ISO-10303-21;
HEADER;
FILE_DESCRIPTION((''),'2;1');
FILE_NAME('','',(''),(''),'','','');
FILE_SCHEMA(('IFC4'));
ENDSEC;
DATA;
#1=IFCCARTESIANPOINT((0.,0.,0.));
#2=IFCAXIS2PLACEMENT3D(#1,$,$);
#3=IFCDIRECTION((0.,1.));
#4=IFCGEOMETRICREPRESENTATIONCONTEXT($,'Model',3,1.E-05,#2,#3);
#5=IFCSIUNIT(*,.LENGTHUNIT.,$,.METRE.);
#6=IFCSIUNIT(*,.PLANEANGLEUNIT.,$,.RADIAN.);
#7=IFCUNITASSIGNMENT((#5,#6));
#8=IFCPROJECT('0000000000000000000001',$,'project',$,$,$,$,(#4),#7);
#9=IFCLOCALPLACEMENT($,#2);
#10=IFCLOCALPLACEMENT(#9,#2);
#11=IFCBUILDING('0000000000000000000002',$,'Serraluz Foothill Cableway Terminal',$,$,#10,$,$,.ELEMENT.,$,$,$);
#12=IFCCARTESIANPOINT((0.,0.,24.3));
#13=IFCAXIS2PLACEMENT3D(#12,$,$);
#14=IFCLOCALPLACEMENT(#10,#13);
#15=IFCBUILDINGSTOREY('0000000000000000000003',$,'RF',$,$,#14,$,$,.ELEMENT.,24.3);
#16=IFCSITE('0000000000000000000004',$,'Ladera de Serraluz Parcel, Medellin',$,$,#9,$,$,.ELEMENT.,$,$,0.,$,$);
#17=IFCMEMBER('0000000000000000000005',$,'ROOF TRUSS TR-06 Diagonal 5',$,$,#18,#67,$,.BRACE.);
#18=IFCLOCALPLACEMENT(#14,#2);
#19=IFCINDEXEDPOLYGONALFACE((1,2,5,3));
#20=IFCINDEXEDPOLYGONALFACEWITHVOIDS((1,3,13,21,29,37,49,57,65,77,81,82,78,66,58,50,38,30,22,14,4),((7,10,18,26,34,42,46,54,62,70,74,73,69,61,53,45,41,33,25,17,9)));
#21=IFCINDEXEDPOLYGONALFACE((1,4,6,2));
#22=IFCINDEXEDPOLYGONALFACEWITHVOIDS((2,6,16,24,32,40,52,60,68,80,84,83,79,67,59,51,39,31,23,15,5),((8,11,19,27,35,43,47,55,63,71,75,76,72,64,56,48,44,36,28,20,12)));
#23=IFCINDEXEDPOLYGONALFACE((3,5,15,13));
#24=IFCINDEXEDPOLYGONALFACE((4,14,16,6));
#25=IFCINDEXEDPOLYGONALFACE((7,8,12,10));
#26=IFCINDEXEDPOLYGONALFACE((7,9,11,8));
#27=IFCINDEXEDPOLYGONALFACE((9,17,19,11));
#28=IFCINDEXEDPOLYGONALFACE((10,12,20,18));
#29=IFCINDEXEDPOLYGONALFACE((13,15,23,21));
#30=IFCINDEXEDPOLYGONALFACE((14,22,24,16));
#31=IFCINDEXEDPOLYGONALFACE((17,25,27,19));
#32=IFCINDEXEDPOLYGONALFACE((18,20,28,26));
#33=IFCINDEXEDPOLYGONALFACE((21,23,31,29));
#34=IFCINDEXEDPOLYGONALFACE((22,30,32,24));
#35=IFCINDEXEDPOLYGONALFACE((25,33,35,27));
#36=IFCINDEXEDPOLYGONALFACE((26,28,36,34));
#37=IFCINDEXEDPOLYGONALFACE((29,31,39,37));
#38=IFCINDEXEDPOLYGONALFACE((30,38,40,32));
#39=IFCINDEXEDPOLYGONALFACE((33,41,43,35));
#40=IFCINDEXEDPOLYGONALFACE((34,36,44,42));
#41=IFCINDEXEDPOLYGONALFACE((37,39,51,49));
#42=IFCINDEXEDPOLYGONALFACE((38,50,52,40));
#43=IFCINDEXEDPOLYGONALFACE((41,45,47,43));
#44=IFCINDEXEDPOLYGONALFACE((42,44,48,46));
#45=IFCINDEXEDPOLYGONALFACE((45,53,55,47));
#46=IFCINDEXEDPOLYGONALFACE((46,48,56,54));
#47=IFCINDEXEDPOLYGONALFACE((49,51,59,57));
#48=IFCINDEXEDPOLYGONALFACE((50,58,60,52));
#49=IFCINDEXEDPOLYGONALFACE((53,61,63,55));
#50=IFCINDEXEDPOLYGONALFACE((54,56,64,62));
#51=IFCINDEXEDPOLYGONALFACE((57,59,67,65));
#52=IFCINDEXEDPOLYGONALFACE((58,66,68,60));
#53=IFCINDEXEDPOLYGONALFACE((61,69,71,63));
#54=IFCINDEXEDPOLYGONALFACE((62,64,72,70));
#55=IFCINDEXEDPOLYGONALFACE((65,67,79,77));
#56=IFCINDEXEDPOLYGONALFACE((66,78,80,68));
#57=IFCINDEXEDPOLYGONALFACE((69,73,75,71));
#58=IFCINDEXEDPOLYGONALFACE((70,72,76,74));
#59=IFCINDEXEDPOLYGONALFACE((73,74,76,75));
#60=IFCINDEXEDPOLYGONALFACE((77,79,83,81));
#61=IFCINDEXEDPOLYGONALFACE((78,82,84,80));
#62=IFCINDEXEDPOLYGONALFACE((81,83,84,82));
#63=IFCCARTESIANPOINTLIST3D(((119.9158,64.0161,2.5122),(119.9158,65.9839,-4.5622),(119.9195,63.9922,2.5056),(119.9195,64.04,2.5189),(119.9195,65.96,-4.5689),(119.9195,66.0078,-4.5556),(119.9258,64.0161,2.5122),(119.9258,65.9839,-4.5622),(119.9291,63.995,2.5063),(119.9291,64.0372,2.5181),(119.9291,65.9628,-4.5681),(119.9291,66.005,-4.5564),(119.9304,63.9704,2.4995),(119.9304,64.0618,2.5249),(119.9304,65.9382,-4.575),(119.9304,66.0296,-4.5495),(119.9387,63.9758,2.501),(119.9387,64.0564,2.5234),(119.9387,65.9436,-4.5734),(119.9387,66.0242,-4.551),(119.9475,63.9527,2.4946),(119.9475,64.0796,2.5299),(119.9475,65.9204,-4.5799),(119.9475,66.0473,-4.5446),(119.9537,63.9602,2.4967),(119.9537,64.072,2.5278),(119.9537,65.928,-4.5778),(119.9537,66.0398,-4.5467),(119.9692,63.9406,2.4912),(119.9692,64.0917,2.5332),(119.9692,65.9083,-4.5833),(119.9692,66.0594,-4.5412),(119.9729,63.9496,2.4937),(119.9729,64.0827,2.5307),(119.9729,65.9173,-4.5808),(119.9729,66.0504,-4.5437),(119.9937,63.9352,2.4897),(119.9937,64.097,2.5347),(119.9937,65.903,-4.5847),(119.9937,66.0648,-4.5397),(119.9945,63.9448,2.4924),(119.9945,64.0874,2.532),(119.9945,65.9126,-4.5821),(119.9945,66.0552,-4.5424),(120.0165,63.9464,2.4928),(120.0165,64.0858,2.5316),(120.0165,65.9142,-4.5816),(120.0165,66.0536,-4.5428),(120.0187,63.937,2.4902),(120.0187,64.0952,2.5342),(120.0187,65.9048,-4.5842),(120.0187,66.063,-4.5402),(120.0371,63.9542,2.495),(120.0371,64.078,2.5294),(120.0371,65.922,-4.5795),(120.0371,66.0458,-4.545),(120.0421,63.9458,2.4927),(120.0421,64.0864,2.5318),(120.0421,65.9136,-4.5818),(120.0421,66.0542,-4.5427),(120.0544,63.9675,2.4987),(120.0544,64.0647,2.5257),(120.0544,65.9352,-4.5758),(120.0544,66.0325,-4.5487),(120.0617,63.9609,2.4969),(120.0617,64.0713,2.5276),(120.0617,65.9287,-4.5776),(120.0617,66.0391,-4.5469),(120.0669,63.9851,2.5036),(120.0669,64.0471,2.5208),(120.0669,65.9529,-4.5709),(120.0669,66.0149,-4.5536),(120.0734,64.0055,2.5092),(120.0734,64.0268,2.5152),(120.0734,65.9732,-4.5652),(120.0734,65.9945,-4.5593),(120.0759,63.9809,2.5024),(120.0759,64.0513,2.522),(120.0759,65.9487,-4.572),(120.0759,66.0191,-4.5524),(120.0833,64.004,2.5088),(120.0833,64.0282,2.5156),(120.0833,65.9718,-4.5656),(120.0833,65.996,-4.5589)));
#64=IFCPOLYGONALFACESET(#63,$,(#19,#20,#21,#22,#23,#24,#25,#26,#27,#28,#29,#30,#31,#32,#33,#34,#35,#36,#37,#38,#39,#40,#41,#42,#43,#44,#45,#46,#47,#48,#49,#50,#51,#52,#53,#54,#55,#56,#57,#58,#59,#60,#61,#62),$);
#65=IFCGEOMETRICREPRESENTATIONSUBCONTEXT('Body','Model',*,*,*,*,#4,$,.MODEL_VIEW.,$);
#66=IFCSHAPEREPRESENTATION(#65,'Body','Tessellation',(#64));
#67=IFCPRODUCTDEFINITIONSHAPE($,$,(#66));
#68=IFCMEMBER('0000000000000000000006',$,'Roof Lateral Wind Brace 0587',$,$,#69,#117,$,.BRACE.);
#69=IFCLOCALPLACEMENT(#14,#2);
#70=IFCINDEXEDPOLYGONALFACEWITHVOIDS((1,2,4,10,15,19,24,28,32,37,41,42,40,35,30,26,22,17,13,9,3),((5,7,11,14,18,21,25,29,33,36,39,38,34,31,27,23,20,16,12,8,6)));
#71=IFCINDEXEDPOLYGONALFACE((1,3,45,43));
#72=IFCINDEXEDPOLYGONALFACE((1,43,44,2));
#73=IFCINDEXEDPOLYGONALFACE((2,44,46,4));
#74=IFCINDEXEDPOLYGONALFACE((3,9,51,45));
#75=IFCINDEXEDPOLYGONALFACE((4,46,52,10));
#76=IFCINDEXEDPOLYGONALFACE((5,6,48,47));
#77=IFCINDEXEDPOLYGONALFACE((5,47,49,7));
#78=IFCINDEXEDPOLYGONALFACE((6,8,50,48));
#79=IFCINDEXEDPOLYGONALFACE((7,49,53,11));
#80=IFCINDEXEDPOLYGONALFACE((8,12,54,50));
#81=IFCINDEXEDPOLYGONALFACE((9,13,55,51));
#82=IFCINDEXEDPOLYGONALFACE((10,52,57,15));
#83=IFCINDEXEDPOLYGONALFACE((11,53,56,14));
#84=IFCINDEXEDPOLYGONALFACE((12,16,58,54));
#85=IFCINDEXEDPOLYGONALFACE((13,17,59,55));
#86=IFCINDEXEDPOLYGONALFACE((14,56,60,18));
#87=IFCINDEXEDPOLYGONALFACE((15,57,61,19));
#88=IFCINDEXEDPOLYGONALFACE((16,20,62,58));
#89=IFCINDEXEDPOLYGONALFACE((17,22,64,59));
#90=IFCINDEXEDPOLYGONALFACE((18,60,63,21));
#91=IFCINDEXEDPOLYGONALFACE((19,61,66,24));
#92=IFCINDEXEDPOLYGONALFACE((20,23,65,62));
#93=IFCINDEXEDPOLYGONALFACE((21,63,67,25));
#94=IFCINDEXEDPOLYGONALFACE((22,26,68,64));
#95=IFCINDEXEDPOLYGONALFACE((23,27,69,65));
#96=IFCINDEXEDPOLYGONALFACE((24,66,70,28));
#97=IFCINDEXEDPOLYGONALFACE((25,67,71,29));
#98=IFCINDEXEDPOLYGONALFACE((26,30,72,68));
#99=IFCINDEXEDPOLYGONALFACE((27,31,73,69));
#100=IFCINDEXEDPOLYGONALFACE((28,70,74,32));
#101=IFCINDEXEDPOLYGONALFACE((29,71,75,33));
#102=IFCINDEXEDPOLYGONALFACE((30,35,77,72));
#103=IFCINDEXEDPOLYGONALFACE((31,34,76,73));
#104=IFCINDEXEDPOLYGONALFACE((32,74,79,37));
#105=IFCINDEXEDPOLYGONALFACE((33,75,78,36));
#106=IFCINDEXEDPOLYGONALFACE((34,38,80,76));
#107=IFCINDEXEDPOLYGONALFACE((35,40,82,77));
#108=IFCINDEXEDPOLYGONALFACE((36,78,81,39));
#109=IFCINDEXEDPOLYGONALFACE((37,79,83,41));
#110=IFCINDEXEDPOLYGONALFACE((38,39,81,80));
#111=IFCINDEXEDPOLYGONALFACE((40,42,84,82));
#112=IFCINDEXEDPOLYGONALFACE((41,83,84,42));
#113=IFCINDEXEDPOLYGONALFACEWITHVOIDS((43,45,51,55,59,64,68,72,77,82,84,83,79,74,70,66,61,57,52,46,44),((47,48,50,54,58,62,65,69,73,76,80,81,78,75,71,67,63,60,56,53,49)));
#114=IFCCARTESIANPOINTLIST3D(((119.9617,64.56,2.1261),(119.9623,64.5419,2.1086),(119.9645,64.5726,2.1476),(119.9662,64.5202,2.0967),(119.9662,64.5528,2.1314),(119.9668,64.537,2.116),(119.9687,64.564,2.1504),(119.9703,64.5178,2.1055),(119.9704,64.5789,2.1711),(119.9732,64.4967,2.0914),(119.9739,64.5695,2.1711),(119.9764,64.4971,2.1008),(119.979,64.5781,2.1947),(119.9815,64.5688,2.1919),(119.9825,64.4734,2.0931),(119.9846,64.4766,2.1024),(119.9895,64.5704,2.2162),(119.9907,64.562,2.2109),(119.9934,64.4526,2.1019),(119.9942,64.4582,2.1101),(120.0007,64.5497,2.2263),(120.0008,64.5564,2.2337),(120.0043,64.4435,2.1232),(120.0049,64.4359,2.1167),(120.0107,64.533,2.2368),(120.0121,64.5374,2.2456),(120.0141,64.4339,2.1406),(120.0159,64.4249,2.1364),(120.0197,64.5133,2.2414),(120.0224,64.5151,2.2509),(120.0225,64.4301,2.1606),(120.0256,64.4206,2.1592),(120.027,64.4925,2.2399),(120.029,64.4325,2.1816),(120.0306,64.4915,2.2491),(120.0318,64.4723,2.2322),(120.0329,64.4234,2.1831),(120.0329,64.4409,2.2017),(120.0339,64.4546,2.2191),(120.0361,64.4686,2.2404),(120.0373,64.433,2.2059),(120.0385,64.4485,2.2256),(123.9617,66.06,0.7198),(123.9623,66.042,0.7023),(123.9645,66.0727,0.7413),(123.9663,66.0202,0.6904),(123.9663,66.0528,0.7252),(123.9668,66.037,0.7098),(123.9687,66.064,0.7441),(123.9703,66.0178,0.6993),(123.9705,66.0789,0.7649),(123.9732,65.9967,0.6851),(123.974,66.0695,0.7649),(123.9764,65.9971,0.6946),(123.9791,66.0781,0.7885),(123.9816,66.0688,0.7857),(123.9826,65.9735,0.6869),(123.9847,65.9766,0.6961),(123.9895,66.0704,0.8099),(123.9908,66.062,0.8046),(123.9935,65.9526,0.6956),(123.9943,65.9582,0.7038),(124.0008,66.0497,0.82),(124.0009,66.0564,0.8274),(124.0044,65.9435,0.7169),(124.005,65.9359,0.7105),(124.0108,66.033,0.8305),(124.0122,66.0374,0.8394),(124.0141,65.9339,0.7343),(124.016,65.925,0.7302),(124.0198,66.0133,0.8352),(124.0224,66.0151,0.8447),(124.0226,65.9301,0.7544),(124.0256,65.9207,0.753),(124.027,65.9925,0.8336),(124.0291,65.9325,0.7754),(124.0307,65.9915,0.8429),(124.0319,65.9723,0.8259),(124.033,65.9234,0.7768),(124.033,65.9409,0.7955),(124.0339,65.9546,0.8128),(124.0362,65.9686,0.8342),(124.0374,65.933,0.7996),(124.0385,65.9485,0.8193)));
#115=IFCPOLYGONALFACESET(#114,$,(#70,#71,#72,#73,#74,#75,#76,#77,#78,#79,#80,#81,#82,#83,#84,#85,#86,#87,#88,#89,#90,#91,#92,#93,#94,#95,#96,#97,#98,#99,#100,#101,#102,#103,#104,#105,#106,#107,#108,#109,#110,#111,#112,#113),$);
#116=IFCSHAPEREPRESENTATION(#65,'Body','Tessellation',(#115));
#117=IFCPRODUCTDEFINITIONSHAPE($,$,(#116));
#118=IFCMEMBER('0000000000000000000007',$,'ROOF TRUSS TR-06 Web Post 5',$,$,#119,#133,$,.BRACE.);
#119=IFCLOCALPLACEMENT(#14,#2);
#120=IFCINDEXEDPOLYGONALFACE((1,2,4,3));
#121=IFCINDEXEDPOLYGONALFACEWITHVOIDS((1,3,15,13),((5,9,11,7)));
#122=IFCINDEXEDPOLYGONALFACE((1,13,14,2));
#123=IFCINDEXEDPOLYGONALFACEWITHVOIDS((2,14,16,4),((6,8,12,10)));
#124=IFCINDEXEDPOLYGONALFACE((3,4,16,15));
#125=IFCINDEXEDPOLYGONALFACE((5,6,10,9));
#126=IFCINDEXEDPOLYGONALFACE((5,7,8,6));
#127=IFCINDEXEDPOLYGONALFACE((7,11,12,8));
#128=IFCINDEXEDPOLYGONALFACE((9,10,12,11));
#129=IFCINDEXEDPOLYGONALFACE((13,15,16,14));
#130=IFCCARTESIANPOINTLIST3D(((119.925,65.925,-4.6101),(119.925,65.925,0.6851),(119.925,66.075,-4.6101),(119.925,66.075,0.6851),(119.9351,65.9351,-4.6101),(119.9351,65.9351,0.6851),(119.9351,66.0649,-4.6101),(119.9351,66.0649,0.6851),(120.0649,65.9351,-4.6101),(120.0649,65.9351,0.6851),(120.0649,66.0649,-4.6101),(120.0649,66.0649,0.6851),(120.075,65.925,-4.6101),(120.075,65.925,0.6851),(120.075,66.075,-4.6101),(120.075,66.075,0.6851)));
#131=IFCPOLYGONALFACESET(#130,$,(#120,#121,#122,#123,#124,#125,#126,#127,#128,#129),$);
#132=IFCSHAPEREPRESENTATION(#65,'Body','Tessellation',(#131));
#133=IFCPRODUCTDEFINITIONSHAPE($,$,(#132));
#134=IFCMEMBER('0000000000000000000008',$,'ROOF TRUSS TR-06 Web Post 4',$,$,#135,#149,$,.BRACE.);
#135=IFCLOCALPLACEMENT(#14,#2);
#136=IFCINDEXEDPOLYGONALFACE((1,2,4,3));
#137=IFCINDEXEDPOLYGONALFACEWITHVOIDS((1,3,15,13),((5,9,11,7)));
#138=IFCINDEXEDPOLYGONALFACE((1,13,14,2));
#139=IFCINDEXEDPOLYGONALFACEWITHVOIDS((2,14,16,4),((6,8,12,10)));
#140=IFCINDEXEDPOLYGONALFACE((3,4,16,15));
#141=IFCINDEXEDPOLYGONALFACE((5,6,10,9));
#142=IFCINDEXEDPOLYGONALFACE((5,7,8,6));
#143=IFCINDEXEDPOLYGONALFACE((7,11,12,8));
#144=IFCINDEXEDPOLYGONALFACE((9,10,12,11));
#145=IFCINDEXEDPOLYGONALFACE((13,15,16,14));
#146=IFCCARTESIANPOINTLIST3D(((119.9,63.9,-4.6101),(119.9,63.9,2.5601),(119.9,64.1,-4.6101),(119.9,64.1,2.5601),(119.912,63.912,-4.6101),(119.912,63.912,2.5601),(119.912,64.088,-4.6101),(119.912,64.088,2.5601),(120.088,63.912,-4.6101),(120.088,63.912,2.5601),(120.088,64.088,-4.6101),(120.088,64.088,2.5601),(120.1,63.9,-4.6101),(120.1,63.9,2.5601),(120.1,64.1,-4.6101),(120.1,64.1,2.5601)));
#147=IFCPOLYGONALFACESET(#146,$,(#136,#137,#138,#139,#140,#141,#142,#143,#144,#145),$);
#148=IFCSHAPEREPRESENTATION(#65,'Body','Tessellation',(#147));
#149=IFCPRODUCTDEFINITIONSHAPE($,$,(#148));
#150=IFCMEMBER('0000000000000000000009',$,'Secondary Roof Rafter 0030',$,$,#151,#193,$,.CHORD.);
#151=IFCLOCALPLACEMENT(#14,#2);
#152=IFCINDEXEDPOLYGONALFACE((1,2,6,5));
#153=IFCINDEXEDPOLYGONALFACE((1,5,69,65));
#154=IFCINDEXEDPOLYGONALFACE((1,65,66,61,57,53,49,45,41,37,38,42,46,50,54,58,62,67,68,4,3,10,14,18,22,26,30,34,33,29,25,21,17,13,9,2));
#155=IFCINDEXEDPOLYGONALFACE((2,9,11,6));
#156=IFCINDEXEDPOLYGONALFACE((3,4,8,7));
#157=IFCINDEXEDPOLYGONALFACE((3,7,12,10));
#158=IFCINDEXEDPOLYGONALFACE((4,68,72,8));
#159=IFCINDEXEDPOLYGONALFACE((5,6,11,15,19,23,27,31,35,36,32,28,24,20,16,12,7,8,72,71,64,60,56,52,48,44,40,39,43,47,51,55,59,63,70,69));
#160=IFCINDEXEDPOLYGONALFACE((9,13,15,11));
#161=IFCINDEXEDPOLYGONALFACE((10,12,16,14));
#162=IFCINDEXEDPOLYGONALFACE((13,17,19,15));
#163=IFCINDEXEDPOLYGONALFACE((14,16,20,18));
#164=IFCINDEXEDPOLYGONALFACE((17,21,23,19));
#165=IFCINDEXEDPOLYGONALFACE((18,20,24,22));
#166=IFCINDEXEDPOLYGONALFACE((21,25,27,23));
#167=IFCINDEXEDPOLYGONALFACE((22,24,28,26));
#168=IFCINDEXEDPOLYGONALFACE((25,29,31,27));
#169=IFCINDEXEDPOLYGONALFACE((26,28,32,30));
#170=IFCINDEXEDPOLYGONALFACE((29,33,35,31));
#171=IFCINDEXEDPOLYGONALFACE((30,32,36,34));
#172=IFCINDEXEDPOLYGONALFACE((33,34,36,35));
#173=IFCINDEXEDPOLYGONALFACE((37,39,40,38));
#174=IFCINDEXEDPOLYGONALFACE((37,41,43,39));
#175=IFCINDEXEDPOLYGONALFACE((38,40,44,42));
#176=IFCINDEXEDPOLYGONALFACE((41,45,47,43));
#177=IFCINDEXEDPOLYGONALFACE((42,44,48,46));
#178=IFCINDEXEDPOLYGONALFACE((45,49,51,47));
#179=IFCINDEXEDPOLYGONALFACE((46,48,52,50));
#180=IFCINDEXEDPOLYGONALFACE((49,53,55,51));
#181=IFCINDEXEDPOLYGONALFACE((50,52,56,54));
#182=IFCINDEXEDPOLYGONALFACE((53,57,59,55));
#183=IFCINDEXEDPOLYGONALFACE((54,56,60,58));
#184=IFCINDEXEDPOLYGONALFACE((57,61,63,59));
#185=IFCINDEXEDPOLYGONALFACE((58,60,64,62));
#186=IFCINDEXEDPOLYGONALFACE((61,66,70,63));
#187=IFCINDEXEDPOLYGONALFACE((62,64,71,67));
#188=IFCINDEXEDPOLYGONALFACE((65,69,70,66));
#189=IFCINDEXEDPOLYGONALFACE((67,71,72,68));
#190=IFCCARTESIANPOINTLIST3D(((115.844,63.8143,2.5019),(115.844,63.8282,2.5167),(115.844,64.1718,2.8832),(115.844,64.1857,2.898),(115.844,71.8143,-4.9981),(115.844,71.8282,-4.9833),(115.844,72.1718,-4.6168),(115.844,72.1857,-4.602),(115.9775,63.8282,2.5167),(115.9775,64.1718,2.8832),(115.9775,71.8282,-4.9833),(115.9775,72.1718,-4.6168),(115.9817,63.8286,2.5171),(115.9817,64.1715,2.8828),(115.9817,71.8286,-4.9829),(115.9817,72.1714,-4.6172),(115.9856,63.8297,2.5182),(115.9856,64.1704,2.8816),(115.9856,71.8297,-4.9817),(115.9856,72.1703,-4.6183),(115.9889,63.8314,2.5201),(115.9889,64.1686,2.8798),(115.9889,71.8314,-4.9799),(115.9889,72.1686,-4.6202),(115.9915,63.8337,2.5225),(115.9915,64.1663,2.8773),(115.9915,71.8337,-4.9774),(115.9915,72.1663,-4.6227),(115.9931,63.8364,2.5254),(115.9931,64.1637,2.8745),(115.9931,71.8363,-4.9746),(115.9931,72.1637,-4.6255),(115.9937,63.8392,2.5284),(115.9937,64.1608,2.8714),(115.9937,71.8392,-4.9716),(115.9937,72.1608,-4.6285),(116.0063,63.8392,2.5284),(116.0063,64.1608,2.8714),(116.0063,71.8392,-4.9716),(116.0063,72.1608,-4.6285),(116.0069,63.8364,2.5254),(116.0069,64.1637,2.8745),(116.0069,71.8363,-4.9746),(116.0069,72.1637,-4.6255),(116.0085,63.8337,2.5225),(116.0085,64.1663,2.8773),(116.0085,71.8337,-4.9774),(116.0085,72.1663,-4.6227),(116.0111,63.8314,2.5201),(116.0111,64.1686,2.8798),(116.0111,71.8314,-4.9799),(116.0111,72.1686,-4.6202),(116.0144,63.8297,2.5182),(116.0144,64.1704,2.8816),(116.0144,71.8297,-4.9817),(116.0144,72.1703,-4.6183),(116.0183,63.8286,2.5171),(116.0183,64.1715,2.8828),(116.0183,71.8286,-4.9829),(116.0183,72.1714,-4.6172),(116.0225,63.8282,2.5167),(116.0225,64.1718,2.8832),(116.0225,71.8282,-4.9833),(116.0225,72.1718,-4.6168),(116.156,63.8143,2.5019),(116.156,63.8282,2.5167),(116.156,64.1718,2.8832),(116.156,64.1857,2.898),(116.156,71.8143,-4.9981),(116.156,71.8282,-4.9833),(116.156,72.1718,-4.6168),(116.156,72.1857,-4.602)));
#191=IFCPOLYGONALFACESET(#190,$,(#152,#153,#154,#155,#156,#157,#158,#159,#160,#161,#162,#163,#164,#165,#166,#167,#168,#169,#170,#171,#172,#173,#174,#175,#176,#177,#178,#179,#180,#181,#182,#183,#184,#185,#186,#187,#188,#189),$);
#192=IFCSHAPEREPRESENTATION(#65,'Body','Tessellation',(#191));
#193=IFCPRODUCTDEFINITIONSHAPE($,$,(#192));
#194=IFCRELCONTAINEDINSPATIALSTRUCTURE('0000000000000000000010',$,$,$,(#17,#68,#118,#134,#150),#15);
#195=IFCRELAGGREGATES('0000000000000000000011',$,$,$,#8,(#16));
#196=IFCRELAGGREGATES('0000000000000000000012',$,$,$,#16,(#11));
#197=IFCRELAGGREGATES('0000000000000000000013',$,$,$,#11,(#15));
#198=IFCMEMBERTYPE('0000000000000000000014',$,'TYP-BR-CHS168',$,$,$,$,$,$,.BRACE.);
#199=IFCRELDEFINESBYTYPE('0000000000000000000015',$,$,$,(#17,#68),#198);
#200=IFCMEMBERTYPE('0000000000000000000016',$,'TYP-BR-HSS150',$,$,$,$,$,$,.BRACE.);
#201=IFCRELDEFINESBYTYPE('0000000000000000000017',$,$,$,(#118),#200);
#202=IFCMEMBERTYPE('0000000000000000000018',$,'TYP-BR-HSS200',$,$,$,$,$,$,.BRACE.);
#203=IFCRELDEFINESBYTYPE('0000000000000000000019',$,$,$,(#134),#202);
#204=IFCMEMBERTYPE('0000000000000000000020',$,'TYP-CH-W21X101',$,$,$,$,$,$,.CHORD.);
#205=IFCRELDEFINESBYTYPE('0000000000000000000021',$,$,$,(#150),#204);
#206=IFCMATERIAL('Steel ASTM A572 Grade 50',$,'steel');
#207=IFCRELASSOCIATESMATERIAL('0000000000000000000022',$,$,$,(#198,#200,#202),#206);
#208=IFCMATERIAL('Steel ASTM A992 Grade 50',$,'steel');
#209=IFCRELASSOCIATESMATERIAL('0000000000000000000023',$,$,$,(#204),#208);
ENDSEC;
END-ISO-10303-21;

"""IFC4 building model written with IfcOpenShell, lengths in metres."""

from ifc_helpers import new_model, si_unit, direction, frame, origin, origin_2d, place, context, subcontext, project, spatial, hollow_rectangle, hollow_circle, i_section, extrude, material, material_profile, profile_set, type_object, element, save


model = new_model("IFC4")

# Units and contexts
model_context = context("Model", 3, precision=1e-05, world=origin(), true_north=direction((0.0, 1.0)))
body_context = subcontext(model_context, "Body", "Model", "MODEL_VIEW")
ifc_project = project(units=[si_unit("LENGTHUNIT", "METRE"), si_unit("PLANEANGLEUNIT", "RADIAN")], contexts=[model_context])

# Site, building, storey
site_placement = place(None, origin())
site = spatial("IfcSite", under=ifc_project, at=site_placement, Name="Ladera de Serraluz Parcel, Medellin", CompositionType="ELEMENT", RefElevation=0.0)
building_placement = place(site_placement, origin())
building = spatial("IfcBuilding", under=site, at=building_placement, Name="Serraluz Foothill Cableway Terminal", CompositionType="ELEMENT")
storey_placement = place(building_placement, frame((0.0, 0.0, 24.3)))
storey = spatial("IfcBuildingStorey", under=building, at=storey_placement, Name="RF", CompositionType="ELEMENT", Elevation=24.3)

# Members
ifc_material_1 = material(Name="Steel ASTM A572 Grade 50", Category="steel")
ifc_material_profile_1 = material_profile(ifc_material_1, hollow_circle(Radius=0.0842, WallThickness=0.01, at=origin_2d()), Name="CHS168X10")
ifc_profile_set_1 = profile_set([ifc_material_profile_1], Name="Steel ASTM A572 Grade 50")
member_type_1 = type_object("IfcMemberType", Name="TYP-BR-CHS168", PredefinedType="BRACE", material=ifc_profile_set_1)
member_1_placement = place(storey_placement, frame((120.0, 64.0161, 2.5122), z_axis=(0.0, 0.267978, -0.963425), x_axis=(-1.0, 0.0, 0.0)))
element("IfcMember", 1, at=member_1_placement, inside=storey, type_object=member_type_1, Name="ROOF TRUSS TR-06 Diagonal 5", PredefinedType="BRACE", context=body_context, shape_type="SweptSolid", body=[
    extrude(hollow_circle(Radius=0.0842, WallThickness=0.01, at=origin_2d()), origin(), (0.0, 0.0, 1.0), 7.343),
])
member_2_placement = place(storey_placement, frame((120.0, 64.5, 2.1711), z_axis=(0.889382, 0.333518, -0.312673), x_axis=(-0.351123, 0.936329, 0.0)))
element("IfcMember", 2, at=member_2_placement, inside=storey, type_object=member_type_1, Name="Roof Lateral Wind Brace 0587", PredefinedType="BRACE", context=body_context, shape_type="SweptSolid", body=[
    extrude(hollow_circle(Radius=0.0842, WallThickness=0.01, at=origin_2d()), origin(), (0.0, 0.0, 1.0), 4.4976),
])
ifc_material_profile_2 = material_profile(ifc_material_1, hollow_rectangle(XDim=0.1499, YDim=0.1499, WallThickness=0.01, at=origin_2d()), Name="HSS150X150X10")
ifc_profile_set_2 = profile_set([ifc_material_profile_2], Name="Steel ASTM A572 Grade 50")
member_type_2 = type_object("IfcMemberType", Name="TYP-BR-HSS150", PredefinedType="BRACE", material=ifc_profile_set_2)
member_3_placement = place(storey_placement, frame((120.0, 66.0, -4.6101), z_axis=(0.0, 0.0, 1.0), x_axis=(1.0, 0.0, 0.0)))
element("IfcMember", 3, at=member_3_placement, inside=storey, type_object=member_type_2, Name="ROOF TRUSS TR-06 Web Post 5", PredefinedType="BRACE", context=body_context, shape_type="SweptSolid", body=[
    extrude(hollow_rectangle(XDim=0.1499, YDim=0.1499, WallThickness=0.01, at=origin_2d()), origin(), (0.0, 0.0, 1.0), 5.2952),
])
ifc_material_profile_3 = material_profile(ifc_material_1, hollow_rectangle(XDim=0.2, YDim=0.2, WallThickness=0.012, at=origin_2d()), Name="HSS200X200X12")
ifc_profile_set_3 = profile_set([ifc_material_profile_3], Name="Steel ASTM A572 Grade 50")
member_type_3 = type_object("IfcMemberType", Name="TYP-BR-HSS200", PredefinedType="BRACE", material=ifc_profile_set_3)
member_4_placement = place(storey_placement, frame((120.0, 64.0, -4.6101), z_axis=(0.0, 0.0, 1.0), x_axis=(1.0, 0.0, 0.0)))
element("IfcMember", 4, at=member_4_placement, inside=storey, type_object=member_type_3, Name="ROOF TRUSS TR-06 Web Post 4", PredefinedType="BRACE", context=body_context, shape_type="SweptSolid", body=[
    extrude(hollow_rectangle(XDim=0.2, YDim=0.2, WallThickness=0.012, at=origin_2d()), origin(), (0.0, 0.0, 1.0), 7.1702),
])
ifc_material_2 = material(Name="Steel ASTM A992 Grade 50", Category="steel")
ifc_material_profile_4 = material_profile(ifc_material_2, i_section(OverallWidth=0.312, OverallDepth=0.543, WebThickness=0.0127, FlangeThickness=0.0203, FilletRadius=0.0161, at=origin_2d()), Name="W21X101")
ifc_profile_set_4 = profile_set([ifc_material_profile_4], Name="Steel ASTM A992 Grade 50")
member_type_4 = type_object("IfcMemberType", Name="TYP-CH-W21X101", PredefinedType="CHORD", material=ifc_profile_set_4)
member_5_placement = place(storey_placement, frame((116.0, 72.0, -4.8), z_axis=(0.0, -0.729537, 0.683941), x_axis=(1.0, 0.0, 0.0)))
element("IfcMember", 5, at=member_5_placement, inside=storey, type_object=member_type_4, Name="Secondary Roof Rafter 0030", PredefinedType="CHORD", context=body_context, shape_type="SweptSolid", body=[
    extrude(i_section(OverallWidth=0.312, OverallDepth=0.543, WebThickness=0.0127, FlangeThickness=0.0203, FilletRadius=0.0161, at=origin_2d()), origin(), (0.0, 0.0, 1.0), 10.9658),
])

save(model, "model.ifc")
